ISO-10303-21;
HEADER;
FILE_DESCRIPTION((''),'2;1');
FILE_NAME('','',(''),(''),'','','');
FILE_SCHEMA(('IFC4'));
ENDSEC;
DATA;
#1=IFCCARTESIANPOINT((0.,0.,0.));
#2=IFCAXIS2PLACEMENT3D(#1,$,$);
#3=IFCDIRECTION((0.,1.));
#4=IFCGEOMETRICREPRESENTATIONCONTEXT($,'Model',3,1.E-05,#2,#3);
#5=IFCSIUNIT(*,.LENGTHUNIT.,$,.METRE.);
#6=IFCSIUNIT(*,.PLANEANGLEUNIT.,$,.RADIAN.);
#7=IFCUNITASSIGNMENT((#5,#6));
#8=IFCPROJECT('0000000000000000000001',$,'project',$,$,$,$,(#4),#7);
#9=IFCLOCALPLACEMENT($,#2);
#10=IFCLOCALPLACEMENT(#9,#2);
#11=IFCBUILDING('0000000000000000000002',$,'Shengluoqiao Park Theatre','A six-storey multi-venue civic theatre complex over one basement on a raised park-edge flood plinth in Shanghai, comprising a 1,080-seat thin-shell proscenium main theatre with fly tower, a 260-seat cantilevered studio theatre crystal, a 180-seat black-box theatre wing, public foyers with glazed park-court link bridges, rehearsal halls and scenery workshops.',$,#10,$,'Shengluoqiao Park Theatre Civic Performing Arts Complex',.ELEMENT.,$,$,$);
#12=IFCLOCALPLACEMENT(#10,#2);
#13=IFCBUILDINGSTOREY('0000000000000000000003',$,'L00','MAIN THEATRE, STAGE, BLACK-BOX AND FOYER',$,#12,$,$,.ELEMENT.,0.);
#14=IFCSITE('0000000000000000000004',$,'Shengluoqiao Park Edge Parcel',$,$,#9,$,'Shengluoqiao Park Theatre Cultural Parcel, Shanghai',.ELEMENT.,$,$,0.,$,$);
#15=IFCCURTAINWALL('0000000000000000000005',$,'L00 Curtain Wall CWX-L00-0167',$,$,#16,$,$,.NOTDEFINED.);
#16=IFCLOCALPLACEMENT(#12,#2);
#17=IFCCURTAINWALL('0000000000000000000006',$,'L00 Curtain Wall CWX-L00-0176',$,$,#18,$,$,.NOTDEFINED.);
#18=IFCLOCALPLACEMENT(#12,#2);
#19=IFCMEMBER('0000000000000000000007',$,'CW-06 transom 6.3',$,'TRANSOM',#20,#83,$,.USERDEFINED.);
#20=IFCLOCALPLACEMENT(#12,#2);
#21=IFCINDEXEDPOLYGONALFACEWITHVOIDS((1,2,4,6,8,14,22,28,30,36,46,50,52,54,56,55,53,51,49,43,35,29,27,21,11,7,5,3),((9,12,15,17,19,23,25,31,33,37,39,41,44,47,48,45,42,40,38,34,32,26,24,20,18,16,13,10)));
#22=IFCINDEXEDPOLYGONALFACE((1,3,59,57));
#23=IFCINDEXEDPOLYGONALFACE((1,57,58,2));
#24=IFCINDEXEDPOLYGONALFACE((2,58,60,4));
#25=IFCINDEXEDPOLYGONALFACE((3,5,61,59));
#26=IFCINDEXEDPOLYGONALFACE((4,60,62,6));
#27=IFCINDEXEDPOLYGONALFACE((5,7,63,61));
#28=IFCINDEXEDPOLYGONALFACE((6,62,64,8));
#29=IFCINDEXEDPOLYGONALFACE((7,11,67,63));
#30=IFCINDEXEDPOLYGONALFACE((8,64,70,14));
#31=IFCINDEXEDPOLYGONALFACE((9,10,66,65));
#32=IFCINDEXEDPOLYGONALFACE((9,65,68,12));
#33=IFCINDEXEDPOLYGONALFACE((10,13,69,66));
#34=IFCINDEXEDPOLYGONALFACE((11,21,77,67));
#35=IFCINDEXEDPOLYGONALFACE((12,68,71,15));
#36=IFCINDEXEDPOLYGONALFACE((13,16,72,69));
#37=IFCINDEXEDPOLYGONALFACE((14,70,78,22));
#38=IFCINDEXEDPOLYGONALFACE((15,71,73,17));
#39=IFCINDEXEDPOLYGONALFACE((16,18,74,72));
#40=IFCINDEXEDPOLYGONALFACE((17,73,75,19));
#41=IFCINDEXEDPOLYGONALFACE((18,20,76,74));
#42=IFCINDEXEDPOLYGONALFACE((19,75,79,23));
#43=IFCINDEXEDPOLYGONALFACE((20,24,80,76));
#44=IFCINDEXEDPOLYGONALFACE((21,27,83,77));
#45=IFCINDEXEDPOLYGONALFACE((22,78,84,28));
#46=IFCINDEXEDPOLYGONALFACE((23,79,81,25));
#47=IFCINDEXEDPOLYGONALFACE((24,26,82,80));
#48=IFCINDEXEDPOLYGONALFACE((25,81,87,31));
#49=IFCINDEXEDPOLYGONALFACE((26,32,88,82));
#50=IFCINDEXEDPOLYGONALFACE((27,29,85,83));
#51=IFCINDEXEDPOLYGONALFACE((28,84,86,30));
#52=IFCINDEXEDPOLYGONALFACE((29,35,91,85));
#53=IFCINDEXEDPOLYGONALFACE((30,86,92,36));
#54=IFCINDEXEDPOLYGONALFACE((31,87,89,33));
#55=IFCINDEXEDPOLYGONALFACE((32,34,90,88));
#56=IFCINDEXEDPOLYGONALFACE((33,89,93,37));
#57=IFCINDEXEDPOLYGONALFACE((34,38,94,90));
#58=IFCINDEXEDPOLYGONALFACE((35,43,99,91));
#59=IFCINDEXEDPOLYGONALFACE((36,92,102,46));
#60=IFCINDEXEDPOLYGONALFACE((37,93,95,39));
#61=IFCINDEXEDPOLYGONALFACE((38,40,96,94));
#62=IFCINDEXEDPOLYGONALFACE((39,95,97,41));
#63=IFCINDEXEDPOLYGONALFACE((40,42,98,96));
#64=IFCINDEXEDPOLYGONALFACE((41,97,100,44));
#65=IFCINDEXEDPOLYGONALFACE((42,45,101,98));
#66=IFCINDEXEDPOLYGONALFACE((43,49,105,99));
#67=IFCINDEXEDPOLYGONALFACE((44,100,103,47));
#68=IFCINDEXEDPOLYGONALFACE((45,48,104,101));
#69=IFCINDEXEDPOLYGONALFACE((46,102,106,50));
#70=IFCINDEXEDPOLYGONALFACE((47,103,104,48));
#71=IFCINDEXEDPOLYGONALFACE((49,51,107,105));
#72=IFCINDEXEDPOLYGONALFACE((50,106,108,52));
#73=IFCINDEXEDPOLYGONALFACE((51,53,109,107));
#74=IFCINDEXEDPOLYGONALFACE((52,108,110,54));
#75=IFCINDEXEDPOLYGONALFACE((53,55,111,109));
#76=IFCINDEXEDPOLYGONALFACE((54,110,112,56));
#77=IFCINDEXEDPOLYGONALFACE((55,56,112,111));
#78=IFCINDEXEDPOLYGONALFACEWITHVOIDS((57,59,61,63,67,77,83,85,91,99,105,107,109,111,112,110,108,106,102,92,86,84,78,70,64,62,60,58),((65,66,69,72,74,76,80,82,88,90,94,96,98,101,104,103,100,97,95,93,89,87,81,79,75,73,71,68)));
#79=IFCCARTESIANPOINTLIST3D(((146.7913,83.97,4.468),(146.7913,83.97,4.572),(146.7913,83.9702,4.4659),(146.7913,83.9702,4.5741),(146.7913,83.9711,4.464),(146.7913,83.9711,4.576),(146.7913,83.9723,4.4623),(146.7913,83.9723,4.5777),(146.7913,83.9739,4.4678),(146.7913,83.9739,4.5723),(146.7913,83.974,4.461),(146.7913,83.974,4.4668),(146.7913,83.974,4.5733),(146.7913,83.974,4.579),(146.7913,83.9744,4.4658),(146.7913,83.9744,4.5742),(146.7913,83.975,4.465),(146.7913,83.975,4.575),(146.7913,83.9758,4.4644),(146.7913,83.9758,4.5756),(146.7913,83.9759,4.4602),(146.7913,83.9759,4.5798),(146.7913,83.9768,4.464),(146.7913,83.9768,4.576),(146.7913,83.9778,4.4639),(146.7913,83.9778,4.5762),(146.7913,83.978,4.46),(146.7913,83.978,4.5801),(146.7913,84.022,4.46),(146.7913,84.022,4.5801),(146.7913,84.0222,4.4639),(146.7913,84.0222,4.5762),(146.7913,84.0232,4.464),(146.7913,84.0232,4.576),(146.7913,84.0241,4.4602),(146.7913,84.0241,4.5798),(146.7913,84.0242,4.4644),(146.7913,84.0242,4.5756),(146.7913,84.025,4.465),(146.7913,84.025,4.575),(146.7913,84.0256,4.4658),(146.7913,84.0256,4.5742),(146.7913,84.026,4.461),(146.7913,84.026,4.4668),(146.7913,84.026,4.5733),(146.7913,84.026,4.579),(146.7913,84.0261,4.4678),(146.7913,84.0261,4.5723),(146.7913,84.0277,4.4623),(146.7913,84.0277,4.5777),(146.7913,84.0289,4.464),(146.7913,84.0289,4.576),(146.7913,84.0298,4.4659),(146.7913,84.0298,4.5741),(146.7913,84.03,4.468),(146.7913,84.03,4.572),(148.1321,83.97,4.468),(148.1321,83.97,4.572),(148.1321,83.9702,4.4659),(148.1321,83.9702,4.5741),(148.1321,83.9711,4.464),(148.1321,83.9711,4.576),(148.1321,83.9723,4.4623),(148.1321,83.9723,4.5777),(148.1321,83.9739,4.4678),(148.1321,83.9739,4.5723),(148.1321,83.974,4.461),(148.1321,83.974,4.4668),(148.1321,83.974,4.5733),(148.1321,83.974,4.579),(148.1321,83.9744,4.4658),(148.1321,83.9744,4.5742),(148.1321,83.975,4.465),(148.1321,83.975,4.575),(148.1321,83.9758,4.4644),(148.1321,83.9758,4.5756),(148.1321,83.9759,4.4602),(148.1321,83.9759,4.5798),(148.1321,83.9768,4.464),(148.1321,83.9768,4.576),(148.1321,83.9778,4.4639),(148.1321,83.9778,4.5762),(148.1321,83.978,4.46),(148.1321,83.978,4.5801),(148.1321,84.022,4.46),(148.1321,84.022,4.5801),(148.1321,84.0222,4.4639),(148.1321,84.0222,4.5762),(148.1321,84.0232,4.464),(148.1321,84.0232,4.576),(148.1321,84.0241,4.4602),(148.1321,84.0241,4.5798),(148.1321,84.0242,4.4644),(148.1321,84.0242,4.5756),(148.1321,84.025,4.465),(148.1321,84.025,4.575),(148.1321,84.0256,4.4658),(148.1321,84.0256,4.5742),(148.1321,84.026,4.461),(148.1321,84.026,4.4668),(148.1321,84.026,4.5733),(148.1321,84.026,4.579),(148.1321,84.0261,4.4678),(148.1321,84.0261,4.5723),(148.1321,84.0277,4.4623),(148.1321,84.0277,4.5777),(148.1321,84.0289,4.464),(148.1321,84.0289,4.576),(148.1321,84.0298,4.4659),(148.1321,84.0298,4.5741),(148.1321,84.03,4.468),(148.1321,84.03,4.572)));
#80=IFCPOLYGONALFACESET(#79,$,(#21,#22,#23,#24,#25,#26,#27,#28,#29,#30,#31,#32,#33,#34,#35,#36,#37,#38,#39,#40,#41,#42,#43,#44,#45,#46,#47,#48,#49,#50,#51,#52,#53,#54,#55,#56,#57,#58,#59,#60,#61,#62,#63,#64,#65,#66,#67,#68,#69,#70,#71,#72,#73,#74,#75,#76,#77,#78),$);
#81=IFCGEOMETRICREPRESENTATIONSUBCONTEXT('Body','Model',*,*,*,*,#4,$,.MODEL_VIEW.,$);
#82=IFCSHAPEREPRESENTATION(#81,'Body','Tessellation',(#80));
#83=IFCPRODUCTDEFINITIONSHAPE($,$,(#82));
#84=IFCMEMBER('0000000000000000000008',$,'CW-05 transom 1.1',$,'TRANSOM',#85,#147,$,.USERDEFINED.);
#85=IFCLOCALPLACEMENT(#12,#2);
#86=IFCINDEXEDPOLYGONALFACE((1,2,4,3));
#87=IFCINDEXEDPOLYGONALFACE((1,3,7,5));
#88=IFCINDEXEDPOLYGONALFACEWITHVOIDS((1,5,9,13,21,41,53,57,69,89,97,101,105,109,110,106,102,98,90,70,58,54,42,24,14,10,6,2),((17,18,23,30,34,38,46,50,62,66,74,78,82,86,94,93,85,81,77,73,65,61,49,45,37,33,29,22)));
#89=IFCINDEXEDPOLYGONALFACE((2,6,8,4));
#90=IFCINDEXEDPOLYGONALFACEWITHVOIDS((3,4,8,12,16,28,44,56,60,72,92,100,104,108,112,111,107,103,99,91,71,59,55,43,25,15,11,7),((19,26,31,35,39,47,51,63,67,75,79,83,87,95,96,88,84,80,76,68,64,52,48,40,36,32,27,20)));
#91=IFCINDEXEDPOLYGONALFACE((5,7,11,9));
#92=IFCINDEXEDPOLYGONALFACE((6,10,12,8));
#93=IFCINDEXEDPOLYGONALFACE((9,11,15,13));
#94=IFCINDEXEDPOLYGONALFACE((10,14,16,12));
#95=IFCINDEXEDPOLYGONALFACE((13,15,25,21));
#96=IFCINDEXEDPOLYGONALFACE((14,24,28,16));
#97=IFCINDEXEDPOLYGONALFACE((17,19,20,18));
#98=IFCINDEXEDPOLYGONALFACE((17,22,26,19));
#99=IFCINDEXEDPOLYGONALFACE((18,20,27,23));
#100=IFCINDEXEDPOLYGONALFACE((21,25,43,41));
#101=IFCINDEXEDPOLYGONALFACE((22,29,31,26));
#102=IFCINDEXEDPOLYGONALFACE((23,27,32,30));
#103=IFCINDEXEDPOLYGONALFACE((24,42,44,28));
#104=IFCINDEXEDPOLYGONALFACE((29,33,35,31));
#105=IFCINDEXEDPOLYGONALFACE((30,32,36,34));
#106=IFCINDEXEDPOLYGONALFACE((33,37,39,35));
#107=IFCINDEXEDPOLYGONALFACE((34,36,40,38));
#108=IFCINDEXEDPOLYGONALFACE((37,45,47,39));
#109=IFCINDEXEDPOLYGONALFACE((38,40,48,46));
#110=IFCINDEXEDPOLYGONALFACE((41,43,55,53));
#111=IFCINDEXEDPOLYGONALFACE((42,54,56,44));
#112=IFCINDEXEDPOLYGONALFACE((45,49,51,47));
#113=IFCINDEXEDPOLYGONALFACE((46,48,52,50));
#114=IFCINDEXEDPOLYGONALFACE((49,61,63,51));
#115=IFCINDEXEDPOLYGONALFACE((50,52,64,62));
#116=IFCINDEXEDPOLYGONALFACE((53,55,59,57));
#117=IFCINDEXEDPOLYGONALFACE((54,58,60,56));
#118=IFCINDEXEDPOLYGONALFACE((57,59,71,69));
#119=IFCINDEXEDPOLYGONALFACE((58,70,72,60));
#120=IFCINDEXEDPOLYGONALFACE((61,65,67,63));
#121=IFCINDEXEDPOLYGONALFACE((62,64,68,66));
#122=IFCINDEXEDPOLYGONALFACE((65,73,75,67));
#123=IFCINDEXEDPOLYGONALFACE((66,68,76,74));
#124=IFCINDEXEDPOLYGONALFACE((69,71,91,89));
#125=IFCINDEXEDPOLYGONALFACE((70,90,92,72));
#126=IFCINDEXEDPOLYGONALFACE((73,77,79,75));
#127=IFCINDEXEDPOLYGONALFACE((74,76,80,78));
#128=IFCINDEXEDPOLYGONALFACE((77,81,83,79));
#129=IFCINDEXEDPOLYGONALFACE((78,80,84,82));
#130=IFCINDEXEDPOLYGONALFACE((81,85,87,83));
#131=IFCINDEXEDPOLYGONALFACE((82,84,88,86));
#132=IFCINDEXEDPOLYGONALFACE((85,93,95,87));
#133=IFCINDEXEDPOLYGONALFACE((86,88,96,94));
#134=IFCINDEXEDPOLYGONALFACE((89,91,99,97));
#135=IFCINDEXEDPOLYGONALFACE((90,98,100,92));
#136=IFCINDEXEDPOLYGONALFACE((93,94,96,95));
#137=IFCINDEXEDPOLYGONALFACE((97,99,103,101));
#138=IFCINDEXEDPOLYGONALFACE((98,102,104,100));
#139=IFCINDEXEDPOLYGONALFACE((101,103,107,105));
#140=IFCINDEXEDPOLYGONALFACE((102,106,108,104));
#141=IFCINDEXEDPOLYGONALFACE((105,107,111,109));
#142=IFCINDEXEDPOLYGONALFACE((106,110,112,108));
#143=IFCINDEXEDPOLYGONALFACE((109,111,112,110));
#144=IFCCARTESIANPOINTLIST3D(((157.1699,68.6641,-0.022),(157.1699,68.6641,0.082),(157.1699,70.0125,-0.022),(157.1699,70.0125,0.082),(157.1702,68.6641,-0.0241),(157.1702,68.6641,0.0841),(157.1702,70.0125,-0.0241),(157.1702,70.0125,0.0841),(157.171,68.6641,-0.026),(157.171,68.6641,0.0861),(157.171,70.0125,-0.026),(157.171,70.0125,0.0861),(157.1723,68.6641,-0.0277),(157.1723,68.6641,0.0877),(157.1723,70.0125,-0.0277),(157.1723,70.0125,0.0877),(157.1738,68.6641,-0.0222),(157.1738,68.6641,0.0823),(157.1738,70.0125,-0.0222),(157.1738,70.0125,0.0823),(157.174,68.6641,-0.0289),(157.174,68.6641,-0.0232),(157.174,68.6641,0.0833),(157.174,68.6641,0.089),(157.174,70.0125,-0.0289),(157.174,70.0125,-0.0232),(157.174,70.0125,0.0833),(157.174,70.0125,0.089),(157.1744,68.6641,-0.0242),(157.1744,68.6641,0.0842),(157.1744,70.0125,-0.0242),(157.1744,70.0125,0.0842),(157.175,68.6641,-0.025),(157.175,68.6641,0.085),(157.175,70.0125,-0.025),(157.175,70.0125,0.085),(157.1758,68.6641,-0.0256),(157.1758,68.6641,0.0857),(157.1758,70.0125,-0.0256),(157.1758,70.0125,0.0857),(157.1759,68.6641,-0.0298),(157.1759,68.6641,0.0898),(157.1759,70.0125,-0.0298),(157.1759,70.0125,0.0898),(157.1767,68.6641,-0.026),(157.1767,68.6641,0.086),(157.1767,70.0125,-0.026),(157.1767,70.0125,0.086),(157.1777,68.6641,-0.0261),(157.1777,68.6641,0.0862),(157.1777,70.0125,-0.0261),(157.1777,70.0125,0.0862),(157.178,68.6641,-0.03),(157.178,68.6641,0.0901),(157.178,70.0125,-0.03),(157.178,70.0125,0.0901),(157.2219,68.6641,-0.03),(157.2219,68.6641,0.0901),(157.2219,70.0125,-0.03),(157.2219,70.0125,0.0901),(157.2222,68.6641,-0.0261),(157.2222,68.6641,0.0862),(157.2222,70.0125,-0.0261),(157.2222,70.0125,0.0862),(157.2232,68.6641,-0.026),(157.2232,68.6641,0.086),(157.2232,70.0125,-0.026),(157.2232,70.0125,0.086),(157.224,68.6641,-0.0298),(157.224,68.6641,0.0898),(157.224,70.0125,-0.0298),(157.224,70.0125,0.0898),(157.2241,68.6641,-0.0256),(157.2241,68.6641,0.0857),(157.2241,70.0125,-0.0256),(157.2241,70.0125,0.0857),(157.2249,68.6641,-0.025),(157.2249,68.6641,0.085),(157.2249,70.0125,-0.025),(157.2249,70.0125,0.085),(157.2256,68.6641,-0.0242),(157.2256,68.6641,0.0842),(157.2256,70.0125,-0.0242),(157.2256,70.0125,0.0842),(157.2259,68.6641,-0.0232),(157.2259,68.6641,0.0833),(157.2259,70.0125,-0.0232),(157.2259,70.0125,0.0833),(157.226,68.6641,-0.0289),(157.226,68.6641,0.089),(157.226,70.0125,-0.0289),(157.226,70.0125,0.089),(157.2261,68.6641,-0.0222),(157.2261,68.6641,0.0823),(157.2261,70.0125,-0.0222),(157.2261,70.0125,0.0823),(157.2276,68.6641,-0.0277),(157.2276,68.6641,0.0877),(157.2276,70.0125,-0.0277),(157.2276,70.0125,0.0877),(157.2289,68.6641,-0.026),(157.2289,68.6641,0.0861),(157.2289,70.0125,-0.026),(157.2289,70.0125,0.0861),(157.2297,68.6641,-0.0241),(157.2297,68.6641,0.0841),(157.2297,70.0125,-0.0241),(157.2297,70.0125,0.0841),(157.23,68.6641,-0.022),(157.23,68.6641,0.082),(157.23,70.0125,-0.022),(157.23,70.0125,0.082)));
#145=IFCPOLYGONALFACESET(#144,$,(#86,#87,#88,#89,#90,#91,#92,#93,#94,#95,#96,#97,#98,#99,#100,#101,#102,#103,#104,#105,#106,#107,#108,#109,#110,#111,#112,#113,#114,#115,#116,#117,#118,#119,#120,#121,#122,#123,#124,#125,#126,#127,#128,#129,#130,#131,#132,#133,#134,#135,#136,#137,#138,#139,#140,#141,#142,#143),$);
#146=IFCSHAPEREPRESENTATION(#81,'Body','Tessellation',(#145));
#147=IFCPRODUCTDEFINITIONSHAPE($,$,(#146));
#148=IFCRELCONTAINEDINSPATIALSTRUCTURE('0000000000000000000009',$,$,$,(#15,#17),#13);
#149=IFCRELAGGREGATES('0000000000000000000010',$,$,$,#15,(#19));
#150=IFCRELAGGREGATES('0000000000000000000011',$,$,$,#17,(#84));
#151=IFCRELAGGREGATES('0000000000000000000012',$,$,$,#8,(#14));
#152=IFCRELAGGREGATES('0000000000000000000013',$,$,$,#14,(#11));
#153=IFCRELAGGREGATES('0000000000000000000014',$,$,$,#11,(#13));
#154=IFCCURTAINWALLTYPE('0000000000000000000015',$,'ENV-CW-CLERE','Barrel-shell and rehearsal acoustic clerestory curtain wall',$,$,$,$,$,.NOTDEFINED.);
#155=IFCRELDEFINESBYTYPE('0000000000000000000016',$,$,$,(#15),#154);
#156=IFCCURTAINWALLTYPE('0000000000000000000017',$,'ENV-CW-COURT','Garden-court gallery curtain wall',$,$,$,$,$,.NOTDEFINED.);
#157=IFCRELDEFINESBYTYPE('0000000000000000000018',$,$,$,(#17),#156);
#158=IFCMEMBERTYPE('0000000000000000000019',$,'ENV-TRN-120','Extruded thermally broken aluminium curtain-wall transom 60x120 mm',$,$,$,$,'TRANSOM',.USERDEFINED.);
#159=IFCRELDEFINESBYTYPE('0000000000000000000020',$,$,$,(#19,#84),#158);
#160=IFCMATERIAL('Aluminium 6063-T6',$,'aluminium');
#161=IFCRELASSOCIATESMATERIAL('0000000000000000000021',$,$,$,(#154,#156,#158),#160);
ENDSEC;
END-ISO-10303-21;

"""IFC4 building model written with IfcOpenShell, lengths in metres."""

from ifc_helpers import new_model, si_unit, direction, frame, origin, origin_2d, place, context, subcontext, project, spatial, hollow_rectangle, extrude, material, material_profile, profile_set, type_object, element, aggregate, save


model = new_model("IFC4")

# Units and contexts
model_context = context("Model", 3, precision=1e-05, world=origin(), true_north=direction((0.0, 1.0)))
body_context = subcontext(model_context, "Body", "Model", "MODEL_VIEW")
ifc_project = project(units=[si_unit("LENGTHUNIT", "METRE"), si_unit("PLANEANGLEUNIT", "RADIAN")], contexts=[model_context])

# Site, building, storey
site_placement = place(None, origin())
site = spatial("IfcSite", under=ifc_project, at=site_placement, Name="Shengluoqiao Park Edge Parcel", LongName="Shengluoqiao Park Theatre Cultural Parcel, Shanghai", CompositionType="ELEMENT", RefElevation=0.0)
building_placement = place(site_placement, origin())
building = spatial("IfcBuilding", under=site, at=building_placement, Name="Shengluoqiao Park Theatre", Description="A six-storey multi-venue civic theatre complex over one basement on a raised park-edge flood plinth in Shanghai, comprising a 1,080-seat thin-shell proscenium main theatre with fly tower, a 260-seat cantilevered studio theatre crystal, a 180-seat black-box theatre wing, public foyers with glazed park-court link bridges, rehearsal halls and scenery workshops.", LongName="Shengluoqiao Park Theatre Civic Performing Arts Complex", CompositionType="ELEMENT")
storey_placement = place(building_placement, origin())
storey = spatial("IfcBuildingStorey", under=building, at=storey_placement, Name="L00", Description="MAIN THEATRE, STAGE, BLACK-BOX AND FOYER", CompositionType="ELEMENT", Elevation=0.0)

# Curtain wall
ifc_material_1 = material(Name="Aluminium 6063-T6", Category="aluminium")
curtain_wall_type_1 = type_object("IfcCurtainWallType", Name="ENV-CW-CLERE", Description="Barrel-shell and rehearsal acoustic clerestory curtain wall", PredefinedType="NOTDEFINED", material=ifc_material_1)
curtain_wall_1_placement = place(storey_placement, origin())
curtain_wall_1 = element("IfcCurtainWall", 1, at=curtain_wall_1_placement, inside=storey, type_object=curtain_wall_type_1, Name="L00 Curtain Wall CWX-L00-0167", PredefinedType="NOTDEFINED")

# Curtain wall
curtain_wall_type_2 = type_object("IfcCurtainWallType", Name="ENV-CW-COURT", Description="Garden-court gallery curtain wall", PredefinedType="NOTDEFINED", material=ifc_material_1)
curtain_wall_2_placement = place(storey_placement, origin())
curtain_wall_2 = element("IfcCurtainWall", 2, at=curtain_wall_2_placement, inside=storey, type_object=curtain_wall_type_2, Name="L00 Curtain Wall CWX-L00-0176", PredefinedType="NOTDEFINED")

# Members
ifc_material_profile_1 = material_profile(ifc_material_1, hollow_rectangle(XDim=0.0601, YDim=0.1201, WallThickness=0.0039, InnerFilletRadius=0.0039, OuterFilletRadius=0.0081, at=origin_2d()), Name="ALU TRANSOM 120x60x4")
ifc_profile_set_1 = profile_set([ifc_material_profile_1], Name="Aluminium 6063-T6")
member_type_1 = type_object("IfcMemberType", Name="ENV-TRN-120", Description="Extruded thermally broken aluminium curtain-wall transom 60x120 mm", ElementType="TRANSOM", PredefinedType="USERDEFINED", material=ifc_profile_set_1)
member_1_placement = place(storey_placement, frame((146.7913, 84.0, 4.52), z_axis=(1.0, 0.0, 0.0), x_axis=(0.0, 1.0, 0.0)))
member_1 = element("IfcMember", 3, at=member_1_placement, type_object=member_type_1, Name="CW-06 transom 6.3", ObjectType="TRANSOM", PredefinedType="USERDEFINED", context=body_context, shape_type="SweptSolid", body=[
    extrude(hollow_rectangle(XDim=0.0601, YDim=0.1201, WallThickness=0.0039, InnerFilletRadius=0.0039, OuterFilletRadius=0.0081, at=origin_2d()), origin(), (0.0, 0.0, 1.0), 1.3408),
])
member_2_placement = place(storey_placement, frame((157.2, 68.6641, 0.03), z_axis=(0.0, 1.0, 0.0), x_axis=(-1.0, 0.0, 0.0)))
member_2 = element("IfcMember", 4, at=member_2_placement, type_object=member_type_1, Name="CW-05 transom 1.1", ObjectType="TRANSOM", PredefinedType="USERDEFINED", context=body_context, shape_type="SweptSolid", body=[
    extrude(hollow_rectangle(XDim=0.0601, YDim=0.1201, WallThickness=0.0039, InnerFilletRadius=0.0039, OuterFilletRadius=0.0081, at=origin_2d()), origin(), (0.0, 0.0, 1.0), 1.3484),
])

aggregate(curtain_wall_1, [member_1])
aggregate(curtain_wall_2, [member_2])

save(model, "model.ifc")
